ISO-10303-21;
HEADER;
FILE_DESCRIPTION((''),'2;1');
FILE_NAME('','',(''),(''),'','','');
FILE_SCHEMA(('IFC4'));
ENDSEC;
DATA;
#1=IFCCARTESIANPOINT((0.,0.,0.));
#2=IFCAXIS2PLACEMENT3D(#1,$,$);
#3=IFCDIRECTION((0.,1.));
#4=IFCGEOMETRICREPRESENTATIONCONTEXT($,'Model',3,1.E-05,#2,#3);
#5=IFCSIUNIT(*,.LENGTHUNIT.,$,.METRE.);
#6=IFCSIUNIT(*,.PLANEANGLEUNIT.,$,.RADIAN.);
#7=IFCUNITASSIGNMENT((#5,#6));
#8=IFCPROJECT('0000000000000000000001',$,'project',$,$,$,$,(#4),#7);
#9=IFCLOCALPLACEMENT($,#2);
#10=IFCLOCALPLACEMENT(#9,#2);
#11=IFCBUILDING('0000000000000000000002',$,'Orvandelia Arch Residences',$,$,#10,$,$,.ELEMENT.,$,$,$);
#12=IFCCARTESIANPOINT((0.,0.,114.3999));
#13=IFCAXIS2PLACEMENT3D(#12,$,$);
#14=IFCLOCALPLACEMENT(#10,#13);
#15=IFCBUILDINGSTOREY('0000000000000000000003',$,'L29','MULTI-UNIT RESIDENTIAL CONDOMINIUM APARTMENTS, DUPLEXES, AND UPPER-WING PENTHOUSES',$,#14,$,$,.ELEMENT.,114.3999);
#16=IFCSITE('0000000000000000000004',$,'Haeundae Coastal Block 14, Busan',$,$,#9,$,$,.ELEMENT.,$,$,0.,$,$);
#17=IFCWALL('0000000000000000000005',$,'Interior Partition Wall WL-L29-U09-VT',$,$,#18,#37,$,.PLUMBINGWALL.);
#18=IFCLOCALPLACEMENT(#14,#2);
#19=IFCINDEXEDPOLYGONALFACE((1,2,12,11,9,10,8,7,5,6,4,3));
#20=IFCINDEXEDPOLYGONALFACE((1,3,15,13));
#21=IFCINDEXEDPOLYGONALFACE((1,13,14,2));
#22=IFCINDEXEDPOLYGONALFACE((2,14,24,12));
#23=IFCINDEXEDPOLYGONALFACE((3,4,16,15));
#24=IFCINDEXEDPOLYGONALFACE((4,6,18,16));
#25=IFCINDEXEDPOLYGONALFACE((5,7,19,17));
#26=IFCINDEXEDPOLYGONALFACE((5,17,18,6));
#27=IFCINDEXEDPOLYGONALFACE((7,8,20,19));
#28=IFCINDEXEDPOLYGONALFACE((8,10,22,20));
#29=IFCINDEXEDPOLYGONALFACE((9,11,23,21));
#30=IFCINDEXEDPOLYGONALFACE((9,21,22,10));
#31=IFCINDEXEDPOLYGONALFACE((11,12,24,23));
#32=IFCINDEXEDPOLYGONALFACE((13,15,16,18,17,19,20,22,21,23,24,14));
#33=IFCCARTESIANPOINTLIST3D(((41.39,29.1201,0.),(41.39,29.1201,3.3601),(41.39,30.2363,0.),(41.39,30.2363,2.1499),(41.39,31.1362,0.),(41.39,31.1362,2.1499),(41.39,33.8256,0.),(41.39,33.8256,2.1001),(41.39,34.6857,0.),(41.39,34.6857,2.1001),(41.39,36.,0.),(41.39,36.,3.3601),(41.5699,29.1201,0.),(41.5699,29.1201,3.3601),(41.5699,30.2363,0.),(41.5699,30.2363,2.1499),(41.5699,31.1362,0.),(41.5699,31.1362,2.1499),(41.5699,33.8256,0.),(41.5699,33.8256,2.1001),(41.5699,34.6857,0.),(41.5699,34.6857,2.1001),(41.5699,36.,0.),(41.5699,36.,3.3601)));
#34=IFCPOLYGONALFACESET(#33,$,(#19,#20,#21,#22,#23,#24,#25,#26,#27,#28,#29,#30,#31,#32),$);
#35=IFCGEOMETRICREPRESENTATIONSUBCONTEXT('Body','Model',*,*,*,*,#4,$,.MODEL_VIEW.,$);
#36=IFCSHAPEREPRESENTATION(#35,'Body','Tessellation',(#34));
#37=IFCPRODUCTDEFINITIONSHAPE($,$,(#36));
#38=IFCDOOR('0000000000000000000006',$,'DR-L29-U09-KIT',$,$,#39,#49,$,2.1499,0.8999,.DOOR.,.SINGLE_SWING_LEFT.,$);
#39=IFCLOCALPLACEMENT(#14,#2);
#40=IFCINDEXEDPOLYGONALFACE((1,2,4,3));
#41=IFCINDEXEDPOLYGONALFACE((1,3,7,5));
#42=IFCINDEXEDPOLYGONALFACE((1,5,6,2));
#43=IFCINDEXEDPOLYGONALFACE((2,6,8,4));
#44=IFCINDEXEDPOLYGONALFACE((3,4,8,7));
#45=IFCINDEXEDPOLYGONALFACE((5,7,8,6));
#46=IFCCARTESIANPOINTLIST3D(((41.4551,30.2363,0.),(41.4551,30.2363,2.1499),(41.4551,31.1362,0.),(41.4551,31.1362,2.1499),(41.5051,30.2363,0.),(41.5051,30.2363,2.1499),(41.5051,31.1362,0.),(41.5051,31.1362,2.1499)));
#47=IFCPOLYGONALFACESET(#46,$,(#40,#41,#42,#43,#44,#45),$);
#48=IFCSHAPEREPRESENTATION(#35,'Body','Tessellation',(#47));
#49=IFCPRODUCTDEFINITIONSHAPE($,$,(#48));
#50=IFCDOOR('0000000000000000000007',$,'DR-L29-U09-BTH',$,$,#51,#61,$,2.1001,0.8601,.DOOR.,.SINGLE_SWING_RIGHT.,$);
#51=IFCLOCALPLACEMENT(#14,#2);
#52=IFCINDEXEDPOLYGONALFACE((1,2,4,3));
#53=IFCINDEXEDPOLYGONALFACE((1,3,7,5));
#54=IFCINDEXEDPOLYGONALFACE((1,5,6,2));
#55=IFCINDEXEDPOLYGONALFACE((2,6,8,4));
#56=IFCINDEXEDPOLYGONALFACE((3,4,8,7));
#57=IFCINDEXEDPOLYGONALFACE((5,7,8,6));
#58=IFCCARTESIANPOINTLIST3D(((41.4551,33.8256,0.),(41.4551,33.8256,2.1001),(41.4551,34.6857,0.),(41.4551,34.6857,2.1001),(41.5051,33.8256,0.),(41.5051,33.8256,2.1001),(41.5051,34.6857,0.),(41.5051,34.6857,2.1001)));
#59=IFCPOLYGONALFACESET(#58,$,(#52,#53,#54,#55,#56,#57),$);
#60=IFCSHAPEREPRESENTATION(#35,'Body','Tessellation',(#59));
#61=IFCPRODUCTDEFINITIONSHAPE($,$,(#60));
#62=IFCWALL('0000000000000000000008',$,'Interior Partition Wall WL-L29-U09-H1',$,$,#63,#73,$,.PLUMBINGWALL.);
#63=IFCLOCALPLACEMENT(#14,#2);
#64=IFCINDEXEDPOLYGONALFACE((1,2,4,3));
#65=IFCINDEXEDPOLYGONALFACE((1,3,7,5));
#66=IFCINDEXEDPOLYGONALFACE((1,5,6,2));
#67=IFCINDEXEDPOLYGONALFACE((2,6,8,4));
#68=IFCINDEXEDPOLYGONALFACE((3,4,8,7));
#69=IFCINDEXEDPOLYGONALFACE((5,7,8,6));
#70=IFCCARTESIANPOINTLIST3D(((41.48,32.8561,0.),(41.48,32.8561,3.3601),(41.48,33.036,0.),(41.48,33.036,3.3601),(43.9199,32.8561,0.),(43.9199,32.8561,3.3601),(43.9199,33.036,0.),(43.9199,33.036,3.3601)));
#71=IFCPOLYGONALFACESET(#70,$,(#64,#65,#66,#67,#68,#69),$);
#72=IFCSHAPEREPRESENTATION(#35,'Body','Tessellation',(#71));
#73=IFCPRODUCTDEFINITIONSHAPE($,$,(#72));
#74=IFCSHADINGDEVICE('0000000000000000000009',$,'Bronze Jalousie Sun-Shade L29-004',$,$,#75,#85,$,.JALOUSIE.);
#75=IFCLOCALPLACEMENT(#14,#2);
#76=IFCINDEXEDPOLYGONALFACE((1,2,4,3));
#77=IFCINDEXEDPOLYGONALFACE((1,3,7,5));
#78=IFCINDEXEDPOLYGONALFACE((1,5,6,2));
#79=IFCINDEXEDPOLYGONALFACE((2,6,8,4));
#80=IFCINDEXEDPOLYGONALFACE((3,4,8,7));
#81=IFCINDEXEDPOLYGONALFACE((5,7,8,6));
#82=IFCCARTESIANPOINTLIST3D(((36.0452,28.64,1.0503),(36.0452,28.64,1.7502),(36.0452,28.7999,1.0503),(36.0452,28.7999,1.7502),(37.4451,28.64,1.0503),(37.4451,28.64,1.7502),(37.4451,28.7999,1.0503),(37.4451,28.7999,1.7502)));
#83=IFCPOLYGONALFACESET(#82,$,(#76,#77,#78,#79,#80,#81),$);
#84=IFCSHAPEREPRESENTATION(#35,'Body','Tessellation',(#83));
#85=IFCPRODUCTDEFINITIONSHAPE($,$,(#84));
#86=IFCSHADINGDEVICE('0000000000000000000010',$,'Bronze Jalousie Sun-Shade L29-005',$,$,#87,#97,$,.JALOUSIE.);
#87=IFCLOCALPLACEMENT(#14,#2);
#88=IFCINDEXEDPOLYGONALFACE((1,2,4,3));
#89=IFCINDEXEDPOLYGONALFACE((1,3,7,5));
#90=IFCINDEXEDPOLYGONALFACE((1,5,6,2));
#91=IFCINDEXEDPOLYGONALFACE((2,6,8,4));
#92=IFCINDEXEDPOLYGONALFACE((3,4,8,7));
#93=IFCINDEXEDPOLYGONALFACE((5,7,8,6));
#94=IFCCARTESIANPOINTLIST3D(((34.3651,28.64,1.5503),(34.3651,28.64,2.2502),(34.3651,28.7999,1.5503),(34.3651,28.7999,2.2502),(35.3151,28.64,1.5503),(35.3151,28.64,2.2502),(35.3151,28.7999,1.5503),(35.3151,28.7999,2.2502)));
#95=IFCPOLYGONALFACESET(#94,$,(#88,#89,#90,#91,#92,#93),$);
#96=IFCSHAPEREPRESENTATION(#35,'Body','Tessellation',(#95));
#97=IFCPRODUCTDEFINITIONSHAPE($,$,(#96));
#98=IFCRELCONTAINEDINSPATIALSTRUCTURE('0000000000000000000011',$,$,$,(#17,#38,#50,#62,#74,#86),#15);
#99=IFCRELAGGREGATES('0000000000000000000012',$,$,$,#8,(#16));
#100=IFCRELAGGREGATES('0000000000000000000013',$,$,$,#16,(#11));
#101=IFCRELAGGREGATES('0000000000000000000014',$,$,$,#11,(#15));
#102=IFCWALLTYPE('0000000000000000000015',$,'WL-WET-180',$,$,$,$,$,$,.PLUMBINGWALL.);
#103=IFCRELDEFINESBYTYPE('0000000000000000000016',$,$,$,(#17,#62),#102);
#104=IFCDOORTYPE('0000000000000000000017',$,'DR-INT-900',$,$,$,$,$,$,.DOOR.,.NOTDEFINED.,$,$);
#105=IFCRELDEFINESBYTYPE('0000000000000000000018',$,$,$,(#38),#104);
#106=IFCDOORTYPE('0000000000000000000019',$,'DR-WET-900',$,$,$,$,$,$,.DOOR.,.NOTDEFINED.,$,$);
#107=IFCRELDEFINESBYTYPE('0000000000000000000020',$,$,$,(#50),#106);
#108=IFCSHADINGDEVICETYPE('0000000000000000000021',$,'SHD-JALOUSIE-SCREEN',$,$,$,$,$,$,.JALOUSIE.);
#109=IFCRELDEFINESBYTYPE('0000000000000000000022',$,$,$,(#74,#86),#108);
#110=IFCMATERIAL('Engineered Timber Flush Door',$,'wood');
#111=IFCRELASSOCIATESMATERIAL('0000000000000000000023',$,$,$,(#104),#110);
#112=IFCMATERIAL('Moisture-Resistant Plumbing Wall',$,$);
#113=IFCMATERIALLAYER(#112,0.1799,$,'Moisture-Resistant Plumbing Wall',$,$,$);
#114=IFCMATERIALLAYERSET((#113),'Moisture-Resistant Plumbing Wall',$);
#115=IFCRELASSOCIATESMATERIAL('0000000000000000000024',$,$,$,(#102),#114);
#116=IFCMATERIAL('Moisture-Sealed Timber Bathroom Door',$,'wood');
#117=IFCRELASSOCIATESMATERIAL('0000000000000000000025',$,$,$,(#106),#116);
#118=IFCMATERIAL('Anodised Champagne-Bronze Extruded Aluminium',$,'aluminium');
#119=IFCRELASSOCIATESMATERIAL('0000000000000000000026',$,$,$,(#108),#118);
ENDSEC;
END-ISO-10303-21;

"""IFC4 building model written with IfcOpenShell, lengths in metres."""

from ifc_helpers import new_model, si_unit, direction, frame, frame_2d, origin, origin_2d, place, context, subcontext, project, spatial, rectangle, extrude, material, layer, layer_set, type_object, element, fill, save


model = new_model("IFC4")

# Units and contexts
model_context = context("Model", 3, precision=1e-05, world=origin(), true_north=direction((0.0, 1.0)))
body_context = subcontext(model_context, "Body", "Model", "MODEL_VIEW")
ifc_project = project(units=[si_unit("LENGTHUNIT", "METRE"), si_unit("PLANEANGLEUNIT", "RADIAN")], contexts=[model_context])

# Site, building, storey
site_placement = place(None, origin())
site = spatial("IfcSite", under=ifc_project, at=site_placement, Name="Haeundae Coastal Block 14, Busan", CompositionType="ELEMENT", RefElevation=0.0)
building_placement = place(site_placement, origin())
building = spatial("IfcBuilding", under=site, at=building_placement, Name="Orvandelia Arch Residences", CompositionType="ELEMENT")
storey_placement = place(building_placement, frame((0.0, 0.0, 114.3999)))
storey = spatial("IfcBuildingStorey", under=building, at=storey_placement, Name="L29", Description="MULTI-UNIT RESIDENTIAL CONDOMINIUM APARTMENTS, DUPLEXES, AND UPPER-WING PENTHOUSES", CompositionType="ELEMENT", Elevation=114.3999)

# Shared definitions
ifc_material_1 = material(Name="Engineered Timber Flush Door", Category="wood")
door_type_1 = type_object("IfcDoorType", Name="DR-INT-900", OperationType="NOTDEFINED", PredefinedType="DOOR", material=ifc_material_1)

# Wall, openings, doors
ifc_material_2 = material(Name="Moisture-Resistant Plumbing Wall")
ifc_layer_1 = layer(ifc_material_2, 0.1799, Name="Moisture-Resistant Plumbing Wall")
ifc_layer_set_1 = layer_set([ifc_layer_1], Name="Moisture-Resistant Plumbing Wall")
wall_type_1 = type_object("IfcWallType", Name="WL-WET-180", PredefinedType="PLUMBINGWALL", material=ifc_layer_set_1)
ifc_material_3 = material(Name="Moisture-Sealed Timber Bathroom Door", Category="wood")
door_type_2 = type_object("IfcDoorType", Name="DR-WET-900", OperationType="NOTDEFINED", PredefinedType="DOOR", material=ifc_material_3)
wall_1_placement = place(storey_placement, frame((41.48, 29.1201, 0.0), z_axis=(0.0, 0.0, 1.0), x_axis=(0.0, 1.0, 0.0)))
wall_1 = element("IfcWall", 1, at=wall_1_placement, inside=storey, type_object=wall_type_1, Name="Interior Partition Wall WL-L29-U09-VT", PredefinedType="PLUMBINGWALL", context=body_context, shape_type="SweptSolid", body=[
    extrude(rectangle(XDim=6.8799, YDim=0.1799, at=frame_2d((3.4399, 0.0))), origin(), (0.0, 0.0, 1.0), 3.3601),
])
opening_1_placement = place(wall_1_placement, frame((1.1162, 0.0, 0.0)))
opening_1 = element("IfcOpeningElement", 2, at=opening_1_placement, cuts=wall_1, PredefinedType="OPENING", context=body_context, shape_type="SweptSolid", body=[
    extrude(rectangle(XDim=0.8999, YDim=2.1499, at=frame_2d((0.45, 1.075))), frame((0.0, 0.1001, 0.0), z_axis=(0.0, -1.0, 0.0), x_axis=(1.0, 0.0, 0.0)), (0.0, 0.0, 1.0), 0.2),
])
opening_2_placement = place(wall_1_placement, frame((4.7053, 0.0, 0.0)))
opening_2 = element("IfcOpeningElement", 3, at=opening_2_placement, cuts=wall_1, PredefinedType="OPENING", context=body_context, shape_type="SweptSolid", body=[
    extrude(rectangle(XDim=0.8601, YDim=2.1001, at=frame_2d((0.4302, 1.05))), frame((0.0, 0.1001, 0.0), z_axis=(0.0, -1.0, 0.0), x_axis=(1.0, 0.0, 0.0)), (0.0, 0.0, 1.0), 0.2),
])
door_1_placement = place(opening_1_placement, origin())
door_1 = element("IfcDoor", 4, at=door_1_placement, inside=storey, type_object=door_type_1, Name="DR-L29-U09-KIT", OperationType="SINGLE_SWING_LEFT", OverallHeight=2.1499, OverallWidth=0.8999, PredefinedType="DOOR", context=body_context, shape_type="SweptSolid", body=[
    extrude(rectangle(XDim=0.8999, YDim=2.1499, at=frame_2d((0.45, 1.075))), frame((0.0, 0.0249, 0.0), z_axis=(0.0, -1.0, 0.0), x_axis=(1.0, 0.0, 0.0)), (0.0, 0.0, 1.0), 0.05),
])
fill(opening_1, door_1)
door_2_placement = place(opening_2_placement, origin())
door_2 = element("IfcDoor", 5, at=door_2_placement, inside=storey, type_object=door_type_2, Name="DR-L29-U09-BTH", OperationType="SINGLE_SWING_RIGHT", OverallHeight=2.1001, OverallWidth=0.8601, PredefinedType="DOOR", context=body_context, shape_type="SweptSolid", body=[
    extrude(rectangle(XDim=0.8601, YDim=2.1001, at=frame_2d((0.4302, 1.05))), frame((0.0, 0.0249, 0.0), z_axis=(0.0, -1.0, 0.0), x_axis=(1.0, 0.0, 0.0)), (0.0, 0.0, 1.0), 0.05),
])
fill(opening_2, door_2)

# Wall
wall_2_placement = place(storey_placement, frame((41.48, 32.946, 0.0), z_axis=(0.0, 0.0, 1.0), x_axis=(1.0, 0.0, 0.0)))
element("IfcWall", 6, at=wall_2_placement, inside=storey, type_object=wall_type_1, Name="Interior Partition Wall WL-L29-U09-H1", PredefinedType="PLUMBINGWALL", context=body_context, shape_type="SweptSolid", body=[
    extrude(rectangle(XDim=2.4399, YDim=0.1799, at=frame_2d((1.22, 0.0))), origin(), (0.0, 0.0, 1.0), 3.3601),
])

# Shading devices
ifc_material_4 = material(Name="Anodised Champagne-Bronze Extruded Aluminium", Category="aluminium")
shading_device_type = type_object("IfcShadingDeviceType", Name="SHD-JALOUSIE-SCREEN", PredefinedType="JALOUSIE", material=ifc_material_4)
shading_device_1_placement = place(storey_placement, frame((36.7451, 28.72, 1.0503), z_axis=(0.0, 0.0, 1.0), x_axis=(-1.0, 0.0, 0.0)))
element("IfcShadingDevice", 7, at=shading_device_1_placement, inside=storey, type_object=shading_device_type, Name="Bronze Jalousie Sun-Shade L29-004", PredefinedType="JALOUSIE", context=body_context, shape_type="SweptSolid", body=[
    extrude(rectangle(XDim=1.3999, YDim=0.1599, at=origin_2d()), origin(), (0.0, 0.0, 1.0), 0.7),
])
shading_device_2_placement = place(storey_placement, frame((34.8401, 28.72, 1.5503), z_axis=(0.0, 0.0, 1.0), x_axis=(-1.0, 0.0, 0.0)))
element("IfcShadingDevice", 8, at=shading_device_2_placement, inside=storey, type_object=shading_device_type, Name="Bronze Jalousie Sun-Shade L29-005", PredefinedType="JALOUSIE", context=body_context, shape_type="SweptSolid", body=[
    extrude(rectangle(XDim=0.95, YDim=0.1599, at=origin_2d()), origin(), (0.0, 0.0, 1.0), 0.7),
])

save(model, "model.ifc")
